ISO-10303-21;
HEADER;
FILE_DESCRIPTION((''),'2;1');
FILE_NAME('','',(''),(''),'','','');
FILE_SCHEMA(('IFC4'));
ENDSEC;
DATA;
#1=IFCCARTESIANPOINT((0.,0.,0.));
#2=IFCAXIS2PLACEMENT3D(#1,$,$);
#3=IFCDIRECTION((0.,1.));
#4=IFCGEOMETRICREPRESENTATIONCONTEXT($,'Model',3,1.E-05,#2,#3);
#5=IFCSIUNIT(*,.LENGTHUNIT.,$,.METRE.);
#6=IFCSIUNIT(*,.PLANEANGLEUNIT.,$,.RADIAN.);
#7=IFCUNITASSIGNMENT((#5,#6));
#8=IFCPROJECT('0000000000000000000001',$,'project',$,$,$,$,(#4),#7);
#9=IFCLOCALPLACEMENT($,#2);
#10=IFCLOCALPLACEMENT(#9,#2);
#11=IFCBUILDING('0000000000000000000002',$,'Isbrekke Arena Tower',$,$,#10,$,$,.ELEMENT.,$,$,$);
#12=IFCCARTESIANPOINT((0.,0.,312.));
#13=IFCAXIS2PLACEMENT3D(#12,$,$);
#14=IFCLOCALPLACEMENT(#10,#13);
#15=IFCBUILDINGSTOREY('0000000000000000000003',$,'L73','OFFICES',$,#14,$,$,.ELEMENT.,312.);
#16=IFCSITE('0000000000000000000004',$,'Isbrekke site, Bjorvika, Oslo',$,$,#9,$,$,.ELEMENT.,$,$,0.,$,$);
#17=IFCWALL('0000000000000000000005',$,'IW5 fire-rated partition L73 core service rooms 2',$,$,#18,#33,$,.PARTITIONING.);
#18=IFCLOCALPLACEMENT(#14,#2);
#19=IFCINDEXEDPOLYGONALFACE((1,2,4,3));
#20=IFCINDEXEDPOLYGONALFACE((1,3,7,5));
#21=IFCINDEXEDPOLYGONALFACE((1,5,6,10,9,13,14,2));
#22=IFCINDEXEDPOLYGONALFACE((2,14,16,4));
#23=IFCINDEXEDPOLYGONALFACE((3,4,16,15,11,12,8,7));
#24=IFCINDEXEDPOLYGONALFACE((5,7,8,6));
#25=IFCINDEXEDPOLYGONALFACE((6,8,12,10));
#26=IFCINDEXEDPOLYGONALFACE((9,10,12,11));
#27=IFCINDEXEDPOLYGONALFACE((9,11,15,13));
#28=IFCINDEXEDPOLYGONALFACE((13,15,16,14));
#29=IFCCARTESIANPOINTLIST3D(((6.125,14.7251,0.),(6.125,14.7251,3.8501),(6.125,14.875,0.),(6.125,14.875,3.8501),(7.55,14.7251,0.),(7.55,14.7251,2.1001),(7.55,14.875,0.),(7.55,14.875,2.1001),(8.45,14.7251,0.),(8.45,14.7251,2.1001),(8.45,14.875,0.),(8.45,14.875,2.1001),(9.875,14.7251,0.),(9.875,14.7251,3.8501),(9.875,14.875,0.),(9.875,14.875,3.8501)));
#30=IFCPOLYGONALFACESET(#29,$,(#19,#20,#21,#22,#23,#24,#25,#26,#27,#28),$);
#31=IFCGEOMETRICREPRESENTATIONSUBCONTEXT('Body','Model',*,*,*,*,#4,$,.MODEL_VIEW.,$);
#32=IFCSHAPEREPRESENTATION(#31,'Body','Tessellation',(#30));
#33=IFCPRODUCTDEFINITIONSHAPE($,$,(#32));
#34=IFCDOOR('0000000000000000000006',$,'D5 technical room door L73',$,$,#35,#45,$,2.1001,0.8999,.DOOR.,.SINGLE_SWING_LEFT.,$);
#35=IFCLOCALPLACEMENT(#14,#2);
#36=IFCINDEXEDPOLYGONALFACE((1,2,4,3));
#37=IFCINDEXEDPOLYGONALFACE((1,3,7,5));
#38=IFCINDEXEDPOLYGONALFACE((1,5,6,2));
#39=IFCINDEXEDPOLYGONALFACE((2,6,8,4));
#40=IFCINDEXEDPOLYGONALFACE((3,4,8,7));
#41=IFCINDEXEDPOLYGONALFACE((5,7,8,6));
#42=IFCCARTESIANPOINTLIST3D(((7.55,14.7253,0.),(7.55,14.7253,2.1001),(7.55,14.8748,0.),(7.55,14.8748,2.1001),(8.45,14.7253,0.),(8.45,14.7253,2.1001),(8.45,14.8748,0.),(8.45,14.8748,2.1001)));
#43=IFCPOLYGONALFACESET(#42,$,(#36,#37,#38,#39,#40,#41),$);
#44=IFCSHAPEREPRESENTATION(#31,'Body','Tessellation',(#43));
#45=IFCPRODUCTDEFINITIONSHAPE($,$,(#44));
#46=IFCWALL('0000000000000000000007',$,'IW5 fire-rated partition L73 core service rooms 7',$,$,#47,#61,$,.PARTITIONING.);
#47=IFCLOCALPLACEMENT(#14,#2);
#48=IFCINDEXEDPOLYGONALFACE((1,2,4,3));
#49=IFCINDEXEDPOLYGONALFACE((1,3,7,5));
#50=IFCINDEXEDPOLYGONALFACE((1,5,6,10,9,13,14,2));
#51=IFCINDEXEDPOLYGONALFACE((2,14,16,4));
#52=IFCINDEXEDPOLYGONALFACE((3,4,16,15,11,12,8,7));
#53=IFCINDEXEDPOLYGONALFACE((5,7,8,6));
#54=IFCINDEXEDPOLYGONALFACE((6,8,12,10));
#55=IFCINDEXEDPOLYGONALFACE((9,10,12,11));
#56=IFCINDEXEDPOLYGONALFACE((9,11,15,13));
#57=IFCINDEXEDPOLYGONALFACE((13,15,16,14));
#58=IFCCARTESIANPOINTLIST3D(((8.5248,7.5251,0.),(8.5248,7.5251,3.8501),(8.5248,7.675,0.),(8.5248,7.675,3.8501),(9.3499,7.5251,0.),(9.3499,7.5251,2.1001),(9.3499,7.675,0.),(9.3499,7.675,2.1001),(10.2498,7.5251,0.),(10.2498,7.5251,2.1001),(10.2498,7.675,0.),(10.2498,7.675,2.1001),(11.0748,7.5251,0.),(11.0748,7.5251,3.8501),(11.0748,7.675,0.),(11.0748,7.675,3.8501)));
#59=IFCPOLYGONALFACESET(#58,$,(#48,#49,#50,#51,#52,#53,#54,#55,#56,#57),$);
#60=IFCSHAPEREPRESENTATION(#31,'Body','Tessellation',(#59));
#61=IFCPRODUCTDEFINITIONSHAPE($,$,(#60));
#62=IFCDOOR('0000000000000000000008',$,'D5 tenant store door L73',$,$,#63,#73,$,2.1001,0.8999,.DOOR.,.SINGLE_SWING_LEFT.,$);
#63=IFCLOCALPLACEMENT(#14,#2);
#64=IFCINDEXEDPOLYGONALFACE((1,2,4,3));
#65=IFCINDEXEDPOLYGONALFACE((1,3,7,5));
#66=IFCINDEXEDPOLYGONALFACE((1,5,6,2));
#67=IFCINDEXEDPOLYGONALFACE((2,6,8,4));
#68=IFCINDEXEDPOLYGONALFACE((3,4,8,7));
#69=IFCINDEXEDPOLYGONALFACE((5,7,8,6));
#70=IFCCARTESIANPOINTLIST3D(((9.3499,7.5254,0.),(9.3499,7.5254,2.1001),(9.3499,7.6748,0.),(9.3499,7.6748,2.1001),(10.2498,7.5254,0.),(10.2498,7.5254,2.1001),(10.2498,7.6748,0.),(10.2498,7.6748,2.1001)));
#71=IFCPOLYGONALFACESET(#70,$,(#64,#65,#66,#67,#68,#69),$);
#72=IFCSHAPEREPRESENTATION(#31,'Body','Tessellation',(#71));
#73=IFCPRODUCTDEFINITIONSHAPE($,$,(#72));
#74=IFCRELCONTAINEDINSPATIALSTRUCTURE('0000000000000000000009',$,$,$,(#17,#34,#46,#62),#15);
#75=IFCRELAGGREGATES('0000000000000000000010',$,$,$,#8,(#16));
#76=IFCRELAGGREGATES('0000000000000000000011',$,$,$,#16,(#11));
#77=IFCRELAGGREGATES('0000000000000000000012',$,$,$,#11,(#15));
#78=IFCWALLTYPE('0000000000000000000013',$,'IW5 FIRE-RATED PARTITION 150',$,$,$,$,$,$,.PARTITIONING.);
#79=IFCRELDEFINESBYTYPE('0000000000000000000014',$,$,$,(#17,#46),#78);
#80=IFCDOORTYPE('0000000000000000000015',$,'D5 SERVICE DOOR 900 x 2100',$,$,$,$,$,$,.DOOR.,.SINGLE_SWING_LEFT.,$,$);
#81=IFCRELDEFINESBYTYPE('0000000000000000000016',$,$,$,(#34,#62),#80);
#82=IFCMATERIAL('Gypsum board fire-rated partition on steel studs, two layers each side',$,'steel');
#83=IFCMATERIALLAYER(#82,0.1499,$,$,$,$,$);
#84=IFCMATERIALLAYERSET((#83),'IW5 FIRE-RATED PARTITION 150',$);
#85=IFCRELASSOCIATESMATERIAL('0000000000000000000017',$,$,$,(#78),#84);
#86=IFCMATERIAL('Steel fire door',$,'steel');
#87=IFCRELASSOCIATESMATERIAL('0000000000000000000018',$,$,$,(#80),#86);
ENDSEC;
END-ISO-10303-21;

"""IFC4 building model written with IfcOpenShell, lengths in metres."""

from ifc_helpers import new_model, si_unit, direction, frame, frame_2d, origin, place, context, subcontext, project, spatial, rectangle, extrude, material, layer, layer_set, type_object, element, fill, save


model = new_model("IFC4")

# Units and contexts
model_context = context("Model", 3, precision=1e-05, world=origin(), true_north=direction((0.0, 1.0)))
body_context = subcontext(model_context, "Body", "Model", "MODEL_VIEW")
ifc_project = project(units=[si_unit("LENGTHUNIT", "METRE"), si_unit("PLANEANGLEUNIT", "RADIAN")], contexts=[model_context])

# Site, building, storey
site_placement = place(None, origin())
site = spatial("IfcSite", under=ifc_project, at=site_placement, Name="Isbrekke site, Bjorvika, Oslo", CompositionType="ELEMENT", RefElevation=0.0)
building_placement = place(site_placement, origin())
building = spatial("IfcBuilding", under=site, at=building_placement, Name="Isbrekke Arena Tower", CompositionType="ELEMENT")
storey_placement = place(building_placement, frame((0.0, 0.0, 312.0)))
storey = spatial("IfcBuildingStorey", under=building, at=storey_placement, Name="L73", Description="OFFICES", CompositionType="ELEMENT", Elevation=312.0)

# Walls, openings, doors
ifc_material_1 = material(Name="Gypsum board fire-rated partition on steel studs, two layers each side", Category="steel")
ifc_layer_1 = layer(ifc_material_1, 0.1499)
ifc_layer_set_1 = layer_set([ifc_layer_1], Name="IW5 FIRE-RATED PARTITION 150")
wall_type_1 = type_object("IfcWallType", Name="IW5 FIRE-RATED PARTITION 150", PredefinedType="PARTITIONING", material=ifc_layer_set_1)
wall_1_placement = place(storey_placement, frame((6.125, 14.8, 0.0), z_axis=(0.0, 0.0, 1.0), x_axis=(1.0, 0.0, 0.0)))
wall_1 = element("IfcWall", 1, at=wall_1_placement, inside=storey, type_object=wall_type_1, Name="IW5 fire-rated partition L73 core service rooms 2", PredefinedType="PARTITIONING", context=body_context, shape_type="SweptSolid", body=[
    extrude(rectangle(XDim=3.75, YDim=0.1499, at=frame_2d((1.875, 0.0))), origin(), (0.0, 0.0, 1.0), 3.8501),
])
opening_1_placement = place(wall_1_placement, frame((1.425, 0.0, 0.0)))
opening_1 = element("IfcOpeningElement", 2, at=opening_1_placement, cuts=wall_1, PredefinedType="OPENING", context=body_context, shape_type="SweptSolid", body=[
    extrude(rectangle(XDim=0.8999, YDim=2.1001, at=frame_2d((0.45, 1.05))), frame((0.0, 0.0898, 0.0), z_axis=(0.0, -1.0, 0.0), x_axis=(1.0, 0.0, 0.0)), (0.0, 0.0, 1.0), 0.1797),
])
ifc_material_2 = material(Name="Steel fire door", Category="steel")
door_type_1 = type_object("IfcDoorType", Name="D5 SERVICE DOOR 900 x 2100", OperationType="SINGLE_SWING_LEFT", PredefinedType="DOOR", material=ifc_material_2)
door_1_placement = place(opening_1_placement, origin())
door_1 = element("IfcDoor", 3, at=door_1_placement, inside=storey, type_object=door_type_1, Name="D5 technical room door L73", OperationType="SINGLE_SWING_LEFT", OverallHeight=2.1001, OverallWidth=0.8999, PredefinedType="DOOR", context=body_context, shape_type="SweptSolid", body=[
    extrude(rectangle(XDim=0.8999, YDim=2.1001, at=frame_2d((0.45, 1.05))), frame((0.0, 0.0747, 0.0), z_axis=(0.0, -1.0, 0.0), x_axis=(1.0, 0.0, 0.0)), (0.0, 0.0, 1.0), 0.1494),
])
fill(opening_1, door_1)
wall_2_placement = place(storey_placement, frame((8.5249, 7.6001, 0.0), z_axis=(0.0, 0.0, 1.0), x_axis=(1.0, 0.0, 0.0)))
wall_2 = element("IfcWall", 4, at=wall_2_placement, inside=storey, type_object=wall_type_1, Name="IW5 fire-rated partition L73 core service rooms 7", PredefinedType="PARTITIONING", context=body_context, shape_type="SweptSolid", body=[
    extrude(rectangle(XDim=2.55, YDim=0.1499, at=frame_2d((1.2749, 0.0))), origin(), (0.0, 0.0, 1.0), 3.8501),
])
opening_2_placement = place(wall_2_placement, frame((0.825, 0.0, 0.0)))
opening_2 = element("IfcOpeningElement", 5, at=opening_2_placement, cuts=wall_2, PredefinedType="OPENING", context=body_context, shape_type="SweptSolid", body=[
    extrude(rectangle(XDim=0.8999, YDim=2.1001, at=frame_2d((0.45, 1.05))), frame((0.0, 0.0898, 0.0), z_axis=(0.0, -1.0, 0.0), x_axis=(1.0, 0.0, 0.0)), (0.0, 0.0, 1.0), 0.1797),
])
door_2_placement = place(opening_2_placement, origin())
door_2 = element("IfcDoor", 6, at=door_2_placement, inside=storey, type_object=door_type_1, Name="D5 tenant store door L73", OperationType="SINGLE_SWING_LEFT", OverallHeight=2.1001, OverallWidth=0.8999, PredefinedType="DOOR", context=body_context, shape_type="SweptSolid", body=[
    extrude(rectangle(XDim=0.8999, YDim=2.1001, at=frame_2d((0.45, 1.05))), frame((0.0, 0.0747, 0.0), z_axis=(0.0, -1.0, 0.0), x_axis=(1.0, 0.0, 0.0)), (0.0, 0.0, 1.0), 0.1494),
])
fill(opening_2, door_2)

save(model, "model.ifc")
